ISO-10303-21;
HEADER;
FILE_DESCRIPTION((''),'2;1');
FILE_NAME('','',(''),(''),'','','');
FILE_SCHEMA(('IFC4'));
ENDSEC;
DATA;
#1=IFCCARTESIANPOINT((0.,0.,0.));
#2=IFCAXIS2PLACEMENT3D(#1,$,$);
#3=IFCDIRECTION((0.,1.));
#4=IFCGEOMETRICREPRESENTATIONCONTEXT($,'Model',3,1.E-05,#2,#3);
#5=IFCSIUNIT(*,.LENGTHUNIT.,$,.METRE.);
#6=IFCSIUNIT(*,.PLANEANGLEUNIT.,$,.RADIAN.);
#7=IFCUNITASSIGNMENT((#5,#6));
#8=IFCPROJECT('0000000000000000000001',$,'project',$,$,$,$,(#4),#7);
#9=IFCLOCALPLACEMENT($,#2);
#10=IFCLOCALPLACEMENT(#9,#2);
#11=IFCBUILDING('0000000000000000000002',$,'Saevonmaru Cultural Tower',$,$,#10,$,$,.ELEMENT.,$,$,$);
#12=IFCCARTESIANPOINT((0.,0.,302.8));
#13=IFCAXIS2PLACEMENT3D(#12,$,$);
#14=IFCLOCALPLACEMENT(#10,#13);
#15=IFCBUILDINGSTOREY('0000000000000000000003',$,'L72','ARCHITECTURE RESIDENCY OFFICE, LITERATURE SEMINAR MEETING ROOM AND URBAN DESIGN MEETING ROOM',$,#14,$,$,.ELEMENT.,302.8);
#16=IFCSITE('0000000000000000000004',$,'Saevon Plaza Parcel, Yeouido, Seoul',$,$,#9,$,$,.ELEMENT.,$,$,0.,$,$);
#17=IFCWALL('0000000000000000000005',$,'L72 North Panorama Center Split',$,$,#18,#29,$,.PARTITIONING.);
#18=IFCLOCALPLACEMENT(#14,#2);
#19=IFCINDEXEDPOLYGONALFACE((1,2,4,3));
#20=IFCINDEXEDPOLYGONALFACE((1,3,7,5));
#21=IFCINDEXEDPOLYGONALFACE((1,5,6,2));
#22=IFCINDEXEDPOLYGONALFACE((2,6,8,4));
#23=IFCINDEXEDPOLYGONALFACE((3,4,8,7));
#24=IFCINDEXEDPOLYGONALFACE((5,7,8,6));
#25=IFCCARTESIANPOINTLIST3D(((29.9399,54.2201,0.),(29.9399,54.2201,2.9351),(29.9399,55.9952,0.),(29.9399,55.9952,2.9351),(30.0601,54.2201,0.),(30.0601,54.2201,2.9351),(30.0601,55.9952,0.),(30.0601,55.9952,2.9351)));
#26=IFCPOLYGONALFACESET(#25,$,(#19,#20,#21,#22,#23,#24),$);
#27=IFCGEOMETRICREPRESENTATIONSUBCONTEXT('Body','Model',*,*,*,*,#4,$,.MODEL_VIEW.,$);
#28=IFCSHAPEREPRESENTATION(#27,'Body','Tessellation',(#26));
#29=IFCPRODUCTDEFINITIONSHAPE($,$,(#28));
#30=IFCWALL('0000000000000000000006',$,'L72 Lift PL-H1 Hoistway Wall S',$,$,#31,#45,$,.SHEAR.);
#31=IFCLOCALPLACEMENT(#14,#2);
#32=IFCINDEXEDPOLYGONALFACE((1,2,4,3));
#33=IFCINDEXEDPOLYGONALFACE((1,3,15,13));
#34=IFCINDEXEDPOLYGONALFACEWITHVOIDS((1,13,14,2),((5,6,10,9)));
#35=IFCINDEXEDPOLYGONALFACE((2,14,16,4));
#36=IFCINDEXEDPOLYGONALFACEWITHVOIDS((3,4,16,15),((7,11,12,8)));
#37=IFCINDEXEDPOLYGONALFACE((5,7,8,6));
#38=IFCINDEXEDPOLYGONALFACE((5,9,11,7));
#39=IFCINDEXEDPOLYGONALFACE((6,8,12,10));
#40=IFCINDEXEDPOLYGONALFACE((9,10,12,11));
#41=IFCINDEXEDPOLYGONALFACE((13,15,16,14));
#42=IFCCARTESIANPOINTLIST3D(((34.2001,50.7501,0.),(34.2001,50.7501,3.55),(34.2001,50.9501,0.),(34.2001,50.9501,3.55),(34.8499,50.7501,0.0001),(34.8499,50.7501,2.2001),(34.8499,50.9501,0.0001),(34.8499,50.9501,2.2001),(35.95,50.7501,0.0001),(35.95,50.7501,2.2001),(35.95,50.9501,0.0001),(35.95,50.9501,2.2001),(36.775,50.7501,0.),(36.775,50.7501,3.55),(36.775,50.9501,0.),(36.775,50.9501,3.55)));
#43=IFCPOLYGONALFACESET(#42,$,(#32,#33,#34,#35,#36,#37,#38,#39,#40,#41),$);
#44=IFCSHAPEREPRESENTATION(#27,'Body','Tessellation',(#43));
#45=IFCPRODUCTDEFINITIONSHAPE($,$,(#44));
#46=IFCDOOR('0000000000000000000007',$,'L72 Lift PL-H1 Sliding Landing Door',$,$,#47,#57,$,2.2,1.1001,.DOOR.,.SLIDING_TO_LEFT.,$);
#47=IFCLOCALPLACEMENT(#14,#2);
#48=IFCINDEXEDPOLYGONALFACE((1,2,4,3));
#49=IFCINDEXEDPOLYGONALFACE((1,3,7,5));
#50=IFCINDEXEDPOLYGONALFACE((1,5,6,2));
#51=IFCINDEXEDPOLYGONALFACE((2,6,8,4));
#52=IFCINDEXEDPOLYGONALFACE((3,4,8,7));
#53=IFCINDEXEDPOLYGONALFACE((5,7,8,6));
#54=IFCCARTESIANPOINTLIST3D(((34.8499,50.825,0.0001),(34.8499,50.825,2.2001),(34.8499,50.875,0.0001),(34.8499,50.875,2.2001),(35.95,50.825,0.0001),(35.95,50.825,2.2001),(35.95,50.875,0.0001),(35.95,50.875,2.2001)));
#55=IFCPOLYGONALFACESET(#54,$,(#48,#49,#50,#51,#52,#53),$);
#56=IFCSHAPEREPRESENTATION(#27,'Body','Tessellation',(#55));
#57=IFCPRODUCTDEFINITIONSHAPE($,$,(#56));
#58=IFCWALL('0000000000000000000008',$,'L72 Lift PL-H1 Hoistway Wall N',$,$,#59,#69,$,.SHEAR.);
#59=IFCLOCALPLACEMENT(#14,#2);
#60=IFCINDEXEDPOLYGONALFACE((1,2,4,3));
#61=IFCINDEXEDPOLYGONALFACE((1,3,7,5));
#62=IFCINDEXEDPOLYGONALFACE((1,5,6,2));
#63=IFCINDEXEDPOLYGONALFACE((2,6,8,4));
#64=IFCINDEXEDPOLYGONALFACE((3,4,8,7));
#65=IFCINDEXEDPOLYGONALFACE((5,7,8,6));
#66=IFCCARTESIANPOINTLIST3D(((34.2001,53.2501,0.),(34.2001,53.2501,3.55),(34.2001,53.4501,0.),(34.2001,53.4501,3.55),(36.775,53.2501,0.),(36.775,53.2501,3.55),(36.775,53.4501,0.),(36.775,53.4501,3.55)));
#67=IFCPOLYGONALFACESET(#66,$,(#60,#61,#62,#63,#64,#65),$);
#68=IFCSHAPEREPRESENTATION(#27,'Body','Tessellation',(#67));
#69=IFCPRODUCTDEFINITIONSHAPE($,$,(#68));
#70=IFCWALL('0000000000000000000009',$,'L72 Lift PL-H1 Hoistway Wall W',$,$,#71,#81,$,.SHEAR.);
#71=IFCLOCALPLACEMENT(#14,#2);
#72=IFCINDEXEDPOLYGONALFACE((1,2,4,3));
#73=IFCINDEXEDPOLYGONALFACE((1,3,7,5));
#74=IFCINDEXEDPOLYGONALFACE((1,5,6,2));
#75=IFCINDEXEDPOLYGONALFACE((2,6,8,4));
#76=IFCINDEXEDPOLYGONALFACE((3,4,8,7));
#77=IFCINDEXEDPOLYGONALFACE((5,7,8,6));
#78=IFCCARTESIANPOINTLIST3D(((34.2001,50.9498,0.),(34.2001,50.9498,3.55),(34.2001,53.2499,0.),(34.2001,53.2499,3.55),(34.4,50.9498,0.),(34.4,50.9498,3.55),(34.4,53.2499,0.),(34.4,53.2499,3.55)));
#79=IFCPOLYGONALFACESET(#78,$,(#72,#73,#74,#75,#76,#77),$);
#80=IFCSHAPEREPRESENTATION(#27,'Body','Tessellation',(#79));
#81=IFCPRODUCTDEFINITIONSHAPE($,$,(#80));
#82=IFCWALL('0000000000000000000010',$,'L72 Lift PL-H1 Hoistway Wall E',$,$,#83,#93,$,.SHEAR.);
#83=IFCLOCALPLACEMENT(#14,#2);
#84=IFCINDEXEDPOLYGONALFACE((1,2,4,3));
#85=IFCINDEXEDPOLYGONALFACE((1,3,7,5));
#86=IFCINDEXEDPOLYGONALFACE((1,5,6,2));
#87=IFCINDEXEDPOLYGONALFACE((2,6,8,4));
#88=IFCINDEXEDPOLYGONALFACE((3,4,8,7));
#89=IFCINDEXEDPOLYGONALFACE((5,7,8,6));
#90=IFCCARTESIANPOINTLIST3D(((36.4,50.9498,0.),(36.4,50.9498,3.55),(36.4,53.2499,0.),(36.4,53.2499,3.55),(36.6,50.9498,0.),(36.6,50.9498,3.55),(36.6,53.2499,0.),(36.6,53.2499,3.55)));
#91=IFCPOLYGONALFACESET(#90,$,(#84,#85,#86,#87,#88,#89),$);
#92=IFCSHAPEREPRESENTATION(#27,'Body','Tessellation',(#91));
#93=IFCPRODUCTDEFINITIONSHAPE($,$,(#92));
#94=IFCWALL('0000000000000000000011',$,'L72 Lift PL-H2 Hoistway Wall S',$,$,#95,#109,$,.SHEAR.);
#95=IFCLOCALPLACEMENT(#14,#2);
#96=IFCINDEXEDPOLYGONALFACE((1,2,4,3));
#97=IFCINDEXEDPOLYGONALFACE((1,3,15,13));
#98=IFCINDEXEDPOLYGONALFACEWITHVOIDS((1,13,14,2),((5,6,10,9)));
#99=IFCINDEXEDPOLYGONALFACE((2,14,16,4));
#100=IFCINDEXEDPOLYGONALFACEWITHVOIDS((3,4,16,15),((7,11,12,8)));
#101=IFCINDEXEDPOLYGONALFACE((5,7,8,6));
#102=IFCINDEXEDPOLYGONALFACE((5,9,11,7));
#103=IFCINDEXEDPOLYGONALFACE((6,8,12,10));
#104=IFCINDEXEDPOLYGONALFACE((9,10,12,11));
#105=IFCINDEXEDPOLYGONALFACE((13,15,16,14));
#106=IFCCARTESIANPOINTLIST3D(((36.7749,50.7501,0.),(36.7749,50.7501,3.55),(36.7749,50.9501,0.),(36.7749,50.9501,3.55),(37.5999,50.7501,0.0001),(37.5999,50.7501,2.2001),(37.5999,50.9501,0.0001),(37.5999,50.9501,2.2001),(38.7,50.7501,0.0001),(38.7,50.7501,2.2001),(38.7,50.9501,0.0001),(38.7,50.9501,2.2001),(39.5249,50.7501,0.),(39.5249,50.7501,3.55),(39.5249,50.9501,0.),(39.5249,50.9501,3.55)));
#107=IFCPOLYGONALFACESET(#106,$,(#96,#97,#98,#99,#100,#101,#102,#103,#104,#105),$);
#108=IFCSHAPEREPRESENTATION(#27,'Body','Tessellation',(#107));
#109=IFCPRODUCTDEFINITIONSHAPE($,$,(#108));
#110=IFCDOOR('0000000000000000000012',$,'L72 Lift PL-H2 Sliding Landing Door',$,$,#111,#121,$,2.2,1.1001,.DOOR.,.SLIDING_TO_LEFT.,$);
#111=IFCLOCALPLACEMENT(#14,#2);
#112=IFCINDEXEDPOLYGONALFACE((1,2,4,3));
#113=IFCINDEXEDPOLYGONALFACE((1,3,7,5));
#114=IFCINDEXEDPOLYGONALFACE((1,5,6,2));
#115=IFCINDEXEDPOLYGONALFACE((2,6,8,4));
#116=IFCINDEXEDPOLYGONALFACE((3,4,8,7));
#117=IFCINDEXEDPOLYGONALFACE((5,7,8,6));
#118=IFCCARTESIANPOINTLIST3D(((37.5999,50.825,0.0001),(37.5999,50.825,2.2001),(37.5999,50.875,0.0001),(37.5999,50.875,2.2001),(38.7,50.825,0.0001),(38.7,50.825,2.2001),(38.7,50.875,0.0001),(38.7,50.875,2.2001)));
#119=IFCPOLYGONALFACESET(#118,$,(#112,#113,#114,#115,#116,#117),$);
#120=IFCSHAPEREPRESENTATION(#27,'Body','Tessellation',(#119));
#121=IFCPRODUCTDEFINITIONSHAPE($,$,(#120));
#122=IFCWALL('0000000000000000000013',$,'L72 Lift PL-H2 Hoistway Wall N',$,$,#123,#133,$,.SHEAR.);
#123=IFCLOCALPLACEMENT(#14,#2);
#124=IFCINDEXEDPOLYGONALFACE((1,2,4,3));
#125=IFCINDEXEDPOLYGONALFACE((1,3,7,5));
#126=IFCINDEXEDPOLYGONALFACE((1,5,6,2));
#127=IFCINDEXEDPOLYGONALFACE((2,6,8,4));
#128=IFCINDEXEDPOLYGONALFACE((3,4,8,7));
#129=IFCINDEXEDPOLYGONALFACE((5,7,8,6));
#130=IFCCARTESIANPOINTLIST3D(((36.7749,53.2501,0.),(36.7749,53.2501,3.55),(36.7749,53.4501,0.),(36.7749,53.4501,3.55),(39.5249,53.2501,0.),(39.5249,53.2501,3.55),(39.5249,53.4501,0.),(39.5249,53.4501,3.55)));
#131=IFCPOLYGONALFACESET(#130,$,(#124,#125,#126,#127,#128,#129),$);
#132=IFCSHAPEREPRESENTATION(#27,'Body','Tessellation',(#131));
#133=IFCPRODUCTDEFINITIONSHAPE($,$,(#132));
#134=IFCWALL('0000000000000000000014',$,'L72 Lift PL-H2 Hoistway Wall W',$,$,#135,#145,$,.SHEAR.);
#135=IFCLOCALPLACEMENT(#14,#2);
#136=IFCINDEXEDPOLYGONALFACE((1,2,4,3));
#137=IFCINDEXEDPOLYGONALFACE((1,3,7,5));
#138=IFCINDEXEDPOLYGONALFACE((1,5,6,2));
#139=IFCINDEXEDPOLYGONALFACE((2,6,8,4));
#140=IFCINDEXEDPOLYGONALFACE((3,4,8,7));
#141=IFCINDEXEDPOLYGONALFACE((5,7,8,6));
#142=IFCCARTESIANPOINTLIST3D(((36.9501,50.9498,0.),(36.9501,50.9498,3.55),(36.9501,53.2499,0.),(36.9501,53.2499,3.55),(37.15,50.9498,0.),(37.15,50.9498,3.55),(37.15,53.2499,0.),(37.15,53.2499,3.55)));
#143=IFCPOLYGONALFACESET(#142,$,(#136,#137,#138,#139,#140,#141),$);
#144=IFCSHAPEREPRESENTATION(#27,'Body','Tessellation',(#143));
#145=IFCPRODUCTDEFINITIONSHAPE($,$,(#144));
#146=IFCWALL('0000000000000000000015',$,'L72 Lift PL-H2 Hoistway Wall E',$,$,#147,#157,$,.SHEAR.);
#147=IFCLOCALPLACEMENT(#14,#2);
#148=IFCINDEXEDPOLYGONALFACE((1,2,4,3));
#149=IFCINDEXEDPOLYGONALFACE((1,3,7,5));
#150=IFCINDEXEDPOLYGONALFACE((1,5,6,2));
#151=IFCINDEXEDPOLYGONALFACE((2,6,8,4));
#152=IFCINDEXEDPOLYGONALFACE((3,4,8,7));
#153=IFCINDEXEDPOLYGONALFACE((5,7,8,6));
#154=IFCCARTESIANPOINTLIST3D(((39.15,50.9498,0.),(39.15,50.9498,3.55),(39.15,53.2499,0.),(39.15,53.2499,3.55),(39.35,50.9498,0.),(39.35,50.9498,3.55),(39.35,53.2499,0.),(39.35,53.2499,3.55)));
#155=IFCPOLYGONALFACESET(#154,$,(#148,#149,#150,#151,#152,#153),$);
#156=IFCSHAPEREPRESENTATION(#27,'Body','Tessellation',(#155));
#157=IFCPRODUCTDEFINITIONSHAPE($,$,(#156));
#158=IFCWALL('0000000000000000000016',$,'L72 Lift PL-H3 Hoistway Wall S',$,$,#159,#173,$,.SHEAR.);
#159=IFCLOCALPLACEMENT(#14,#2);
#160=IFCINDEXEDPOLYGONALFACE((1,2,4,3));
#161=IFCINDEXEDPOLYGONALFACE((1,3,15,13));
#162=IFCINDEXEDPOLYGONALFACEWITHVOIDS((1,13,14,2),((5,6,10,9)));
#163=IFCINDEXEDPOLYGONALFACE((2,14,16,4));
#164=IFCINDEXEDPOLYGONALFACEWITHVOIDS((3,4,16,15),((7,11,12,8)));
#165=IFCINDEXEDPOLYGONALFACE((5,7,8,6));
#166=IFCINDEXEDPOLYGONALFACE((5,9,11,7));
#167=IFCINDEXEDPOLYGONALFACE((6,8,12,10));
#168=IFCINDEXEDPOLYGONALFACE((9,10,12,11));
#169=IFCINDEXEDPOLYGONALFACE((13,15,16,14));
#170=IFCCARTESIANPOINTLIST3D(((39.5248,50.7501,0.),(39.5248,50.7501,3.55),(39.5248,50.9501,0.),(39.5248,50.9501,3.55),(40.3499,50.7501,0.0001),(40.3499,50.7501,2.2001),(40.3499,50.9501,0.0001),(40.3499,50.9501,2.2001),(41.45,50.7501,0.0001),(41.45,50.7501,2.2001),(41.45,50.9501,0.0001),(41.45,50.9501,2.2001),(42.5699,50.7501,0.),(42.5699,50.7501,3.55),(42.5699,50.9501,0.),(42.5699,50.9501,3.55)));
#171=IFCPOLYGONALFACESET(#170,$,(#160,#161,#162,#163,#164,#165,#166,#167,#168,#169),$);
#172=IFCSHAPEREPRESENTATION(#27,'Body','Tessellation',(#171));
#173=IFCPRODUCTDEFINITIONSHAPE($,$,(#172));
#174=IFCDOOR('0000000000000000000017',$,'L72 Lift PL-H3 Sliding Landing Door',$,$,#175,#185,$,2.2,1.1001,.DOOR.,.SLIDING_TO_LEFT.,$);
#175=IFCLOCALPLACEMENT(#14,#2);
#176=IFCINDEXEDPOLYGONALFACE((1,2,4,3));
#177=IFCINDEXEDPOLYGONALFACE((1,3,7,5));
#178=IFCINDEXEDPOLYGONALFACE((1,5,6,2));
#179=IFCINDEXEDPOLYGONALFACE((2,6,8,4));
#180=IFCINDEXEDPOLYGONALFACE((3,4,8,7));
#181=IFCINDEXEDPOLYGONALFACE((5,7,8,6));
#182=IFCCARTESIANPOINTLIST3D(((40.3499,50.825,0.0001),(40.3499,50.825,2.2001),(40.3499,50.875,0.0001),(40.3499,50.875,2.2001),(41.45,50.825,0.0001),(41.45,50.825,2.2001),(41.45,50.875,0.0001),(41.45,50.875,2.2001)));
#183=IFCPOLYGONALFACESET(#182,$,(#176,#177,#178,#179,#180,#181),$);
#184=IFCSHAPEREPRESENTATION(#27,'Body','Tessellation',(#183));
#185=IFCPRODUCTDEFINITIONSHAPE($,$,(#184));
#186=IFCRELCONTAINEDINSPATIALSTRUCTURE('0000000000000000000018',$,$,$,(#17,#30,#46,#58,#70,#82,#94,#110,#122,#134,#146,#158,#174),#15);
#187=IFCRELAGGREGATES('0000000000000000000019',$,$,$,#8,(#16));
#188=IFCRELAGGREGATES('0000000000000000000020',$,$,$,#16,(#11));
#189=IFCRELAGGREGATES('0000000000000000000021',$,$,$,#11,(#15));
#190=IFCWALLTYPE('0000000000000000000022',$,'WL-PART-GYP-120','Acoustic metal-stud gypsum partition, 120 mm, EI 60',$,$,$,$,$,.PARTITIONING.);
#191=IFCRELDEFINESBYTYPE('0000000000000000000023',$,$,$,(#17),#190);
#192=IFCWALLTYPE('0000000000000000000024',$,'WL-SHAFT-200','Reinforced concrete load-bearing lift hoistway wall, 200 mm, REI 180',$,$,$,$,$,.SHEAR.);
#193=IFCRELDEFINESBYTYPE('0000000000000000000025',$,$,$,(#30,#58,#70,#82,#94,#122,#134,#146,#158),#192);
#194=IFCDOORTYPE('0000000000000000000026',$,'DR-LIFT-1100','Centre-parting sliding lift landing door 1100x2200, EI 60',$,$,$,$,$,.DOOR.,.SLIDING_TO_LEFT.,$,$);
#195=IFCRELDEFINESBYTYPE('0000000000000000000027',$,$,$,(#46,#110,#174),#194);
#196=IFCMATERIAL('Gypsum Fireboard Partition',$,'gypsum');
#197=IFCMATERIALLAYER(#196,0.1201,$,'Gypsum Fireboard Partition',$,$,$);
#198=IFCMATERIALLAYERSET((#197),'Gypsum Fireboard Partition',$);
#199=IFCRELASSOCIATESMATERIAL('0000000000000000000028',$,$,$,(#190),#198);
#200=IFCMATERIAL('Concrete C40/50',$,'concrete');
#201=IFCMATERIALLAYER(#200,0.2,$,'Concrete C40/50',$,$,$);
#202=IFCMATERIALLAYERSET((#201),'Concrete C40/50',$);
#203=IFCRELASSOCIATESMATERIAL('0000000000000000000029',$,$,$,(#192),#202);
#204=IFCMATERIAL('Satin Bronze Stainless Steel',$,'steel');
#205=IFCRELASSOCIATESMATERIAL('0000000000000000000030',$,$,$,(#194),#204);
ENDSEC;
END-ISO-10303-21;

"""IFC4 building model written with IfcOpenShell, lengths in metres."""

from ifc_helpers import new_model, si_unit, direction, frame, frame_2d, origin, place, context, subcontext, project, spatial, rectangle, extrude, material, layer, layer_set, type_object, element, fill, save


model = new_model("IFC4")

# Units and contexts
model_context = context("Model", 3, precision=1e-05, world=origin(), true_north=direction((0.0, 1.0)))
body_context = subcontext(model_context, "Body", "Model", "MODEL_VIEW")
ifc_project = project(units=[si_unit("LENGTHUNIT", "METRE"), si_unit("PLANEANGLEUNIT", "RADIAN")], contexts=[model_context])

# Site, building, storey
site_placement = place(None, origin())
site = spatial("IfcSite", under=ifc_project, at=site_placement, Name="Saevon Plaza Parcel, Yeouido, Seoul", CompositionType="ELEMENT", RefElevation=0.0)
building_placement = place(site_placement, origin())
building = spatial("IfcBuilding", under=site, at=building_placement, Name="Saevonmaru Cultural Tower", CompositionType="ELEMENT")
storey_placement = place(building_placement, frame((0.0, 0.0, 302.8)))
storey = spatial("IfcBuildingStorey", under=building, at=storey_placement, Name="L72", Description="ARCHITECTURE RESIDENCY OFFICE, LITERATURE SEMINAR MEETING ROOM AND URBAN DESIGN MEETING ROOM", CompositionType="ELEMENT", Elevation=302.8)

# Wall
ifc_material_1 = material(Name="Gypsum Fireboard Partition", Category="gypsum")
ifc_layer_1 = layer(ifc_material_1, 0.1201, Name="Gypsum Fireboard Partition")
ifc_layer_set_1 = layer_set([ifc_layer_1], Name="Gypsum Fireboard Partition")
wall_type_1 = type_object("IfcWallType", Name="WL-PART-GYP-120", Description="Acoustic metal-stud gypsum partition, 120 mm, EI 60", PredefinedType="PARTITIONING", material=ifc_layer_set_1)
wall_1_placement = place(storey_placement, frame((30.0, 54.22, 0.0), z_axis=(0.0, 0.0, 1.0), x_axis=(0.0, 1.0, 0.0)))
element("IfcWall", 1, at=wall_1_placement, inside=storey, type_object=wall_type_1, Name="L72 North Panorama Center Split", PredefinedType="PARTITIONING", context=body_context, shape_type="SweptSolid", body=[
    extrude(rectangle(XDim=1.7751, YDim=0.1201, at=frame_2d((0.8877, 0.0))), origin(), (0.0, 0.0, 1.0), 2.9351),
])

# Wall, opening, door
ifc_material_2 = material(Name="Concrete C40/50", Category="concrete")
ifc_layer_2 = layer(ifc_material_2, 0.2, Name="Concrete C40/50")
ifc_layer_set_2 = layer_set([ifc_layer_2], Name="Concrete C40/50")
wall_type_2 = type_object("IfcWallType", Name="WL-SHAFT-200", Description="Reinforced concrete load-bearing lift hoistway wall, 200 mm, REI 180", PredefinedType="SHEAR", material=ifc_layer_set_2)
wall_2_placement = place(storey_placement, frame((34.2, 50.8501, 0.0), z_axis=(0.0, 0.0, 1.0), x_axis=(1.0, 0.0, 0.0)))
wall_2 = element("IfcWall", 2, at=wall_2_placement, inside=storey, type_object=wall_type_2, Name="L72 Lift PL-H1 Hoistway Wall S", PredefinedType="SHEAR", context=body_context, shape_type="SweptSolid", body=[
    extrude(rectangle(XDim=2.575, YDim=0.2, at=frame_2d((1.2876, 0.0))), origin(), (0.0, 0.0, 1.0), 3.55),
])
opening_1_placement = place(wall_2_placement, frame((0.6499, 0.0, 0.0)))
opening_1 = element("IfcOpeningElement", 3, at=opening_1_placement, cuts=wall_2, PredefinedType="OPENING", context=body_context, shape_type="SweptSolid", body=[
    extrude(rectangle(XDim=1.1001, YDim=2.2, at=frame_2d((0.55, 1.1001))), frame((0.0, 0.1099, 0.0), z_axis=(0.0, -1.0, 0.0), x_axis=(1.0, 0.0, 0.0)), (0.0, 0.0, 1.0), 0.22),
])
ifc_material_3 = material(Name="Satin Bronze Stainless Steel", Category="steel")
door_type_1 = type_object("IfcDoorType", Name="DR-LIFT-1100", Description="Centre-parting sliding lift landing door 1100x2200, EI 60", OperationType="SLIDING_TO_LEFT", PredefinedType="DOOR", material=ifc_material_3)
door_1_placement = place(opening_1_placement, origin())
door_1 = element("IfcDoor", 4, at=door_1_placement, inside=storey, type_object=door_type_1, Name="L72 Lift PL-H1 Sliding Landing Door", OperationType="SLIDING_TO_LEFT", OverallHeight=2.2, OverallWidth=1.1001, PredefinedType="DOOR", context=body_context, shape_type="SweptSolid", body=[
    extrude(rectangle(XDim=1.1001, YDim=2.2, at=frame_2d((0.55, 1.1001))), frame((0.0, 0.0249, 0.0), z_axis=(0.0, -1.0, 0.0), x_axis=(1.0, 0.0, 0.0)), (0.0, 0.0, 1.0), 0.05),
])
fill(opening_1, door_1)

# Walls
wall_3_placement = place(storey_placement, frame((34.2, 53.3501, 0.0), z_axis=(0.0, 0.0, 1.0), x_axis=(1.0, 0.0, 0.0)))
element("IfcWall", 5, at=wall_3_placement, inside=storey, type_object=wall_type_2, Name="L72 Lift PL-H1 Hoistway Wall N", PredefinedType="SHEAR", context=body_context, shape_type="SweptSolid", body=[
    extrude(rectangle(XDim=2.575, YDim=0.2, at=frame_2d((1.2876, 0.0))), origin(), (0.0, 0.0, 1.0), 3.55),
])
for number, where, z_axis, x_axis, name in (
    (6, (34.3, 50.95, 0.0), (0.0, 0.0, 1.0), (0.0, 1.0, 0.0), "L72 Lift PL-H1 Hoistway Wall W"),
    (7, (36.5, 50.95, 0.0), (0.0, 0.0, 1.0), (0.0, 1.0, 0.0), "L72 Lift PL-H1 Hoistway Wall E"),
):
    element("IfcWall", number, at=place(storey_placement, frame(where, z_axis=z_axis, x_axis=x_axis)), inside=storey, type_object=wall_type_2, Name=name, PredefinedType="SHEAR", context=body_context, shape_type="SweptSolid", body=[
        extrude(rectangle(XDim=2.3, YDim=0.2, at=frame_2d((1.1499, 0.0))), origin(), (0.0, 0.0, 1.0), 3.55),
    ])

# Wall, opening, door
wall_4_placement = place(storey_placement, frame((36.7749, 50.8501, 0.0), z_axis=(0.0, 0.0, 1.0), x_axis=(1.0, 0.0, 0.0)))
wall_4 = element("IfcWall", 8, at=wall_4_placement, inside=storey, type_object=wall_type_2, Name="L72 Lift PL-H2 Hoistway Wall S", PredefinedType="SHEAR", context=body_context, shape_type="SweptSolid", body=[
    extrude(rectangle(XDim=2.75, YDim=0.2, at=frame_2d((1.375, 0.0))), origin(), (0.0, 0.0, 1.0), 3.55),
])
opening_2_placement = place(wall_4_placement, frame((0.825, 0.0, 0.0)))
opening_2 = element("IfcOpeningElement", 9, at=opening_2_placement, cuts=wall_4, PredefinedType="OPENING", context=body_context, shape_type="SweptSolid", body=[
    extrude(rectangle(XDim=1.1001, YDim=2.2, at=frame_2d((0.55, 1.1001))), frame((0.0, 0.1099, 0.0), z_axis=(0.0, -1.0, 0.0), x_axis=(1.0, 0.0, 0.0)), (0.0, 0.0, 1.0), 0.22),
])
door_2_placement = place(opening_2_placement, origin())
door_2 = element("IfcDoor", 10, at=door_2_placement, inside=storey, type_object=door_type_1, Name="L72 Lift PL-H2 Sliding Landing Door", OperationType="SLIDING_TO_LEFT", OverallHeight=2.2, OverallWidth=1.1001, PredefinedType="DOOR", context=body_context, shape_type="SweptSolid", body=[
    extrude(rectangle(XDim=1.1001, YDim=2.2, at=frame_2d((0.55, 1.1001))), frame((0.0, 0.0249, 0.0), z_axis=(0.0, -1.0, 0.0), x_axis=(1.0, 0.0, 0.0)), (0.0, 0.0, 1.0), 0.05),
])
fill(opening_2, door_2)

# Walls
wall_5_placement = place(storey_placement, frame((36.7749, 53.3501, 0.0), z_axis=(0.0, 0.0, 1.0), x_axis=(1.0, 0.0, 0.0)))
element("IfcWall", 11, at=wall_5_placement, inside=storey, type_object=wall_type_2, Name="L72 Lift PL-H2 Hoistway Wall N", PredefinedType="SHEAR", context=body_context, shape_type="SweptSolid", body=[
    extrude(rectangle(XDim=2.75, YDim=0.2, at=frame_2d((1.375, 0.0))), origin(), (0.0, 0.0, 1.0), 3.55),
])
for number, where, z_axis, x_axis, name in (
    (12, (37.05, 50.95, 0.0), (0.0, 0.0, 1.0), (0.0, 1.0, 0.0), "L72 Lift PL-H2 Hoistway Wall W"),
    (13, (39.25, 50.95, 0.0), (0.0, 0.0, 1.0), (0.0, 1.0, 0.0), "L72 Lift PL-H2 Hoistway Wall E"),
):
    element("IfcWall", number, at=place(storey_placement, frame(where, z_axis=z_axis, x_axis=x_axis)), inside=storey, type_object=wall_type_2, Name=name, PredefinedType="SHEAR", context=body_context, shape_type="SweptSolid", body=[
        extrude(rectangle(XDim=2.3, YDim=0.2, at=frame_2d((1.1499, 0.0))), origin(), (0.0, 0.0, 1.0), 3.55),
    ])

# Wall, opening, door
wall_6_placement = place(storey_placement, frame((39.5249, 50.8501, 0.0), z_axis=(0.0, 0.0, 1.0), x_axis=(1.0, 0.0, 0.0)))
wall_6 = element("IfcWall", 14, at=wall_6_placement, inside=storey, type_object=wall_type_2, Name="L72 Lift PL-H3 Hoistway Wall S", PredefinedType="SHEAR", context=body_context, shape_type="SweptSolid", body=[
    extrude(rectangle(XDim=3.0452, YDim=0.2, at=frame_2d((1.5225, 0.0))), origin(), (0.0, 0.0, 1.0), 3.55),
])
opening_3_placement = place(wall_6_placement, frame((0.825, 0.0, 0.0)))
opening_3 = element("IfcOpeningElement", 15, at=opening_3_placement, cuts=wall_6, PredefinedType="OPENING", context=body_context, shape_type="SweptSolid", body=[
    extrude(rectangle(XDim=1.1001, YDim=2.2, at=frame_2d((0.55, 1.1001))), frame((0.0, 0.1099, 0.0), z_axis=(0.0, -1.0, 0.0), x_axis=(1.0, 0.0, 0.0)), (0.0, 0.0, 1.0), 0.22),
])
door_3_placement = place(opening_3_placement, origin())
door_3 = element("IfcDoor", 16, at=door_3_placement, inside=storey, type_object=door_type_1, Name="L72 Lift PL-H3 Sliding Landing Door", OperationType="SLIDING_TO_LEFT", OverallHeight=2.2, OverallWidth=1.1001, PredefinedType="DOOR", context=body_context, shape_type="SweptSolid", body=[
    extrude(rectangle(XDim=1.1001, YDim=2.2, at=frame_2d((0.55, 1.1001))), frame((0.0, 0.0249, 0.0), z_axis=(0.0, -1.0, 0.0), x_axis=(1.0, 0.0, 0.0)), (0.0, 0.0, 1.0), 0.05),
])
fill(opening_3, door_3)

save(model, "model.ifc")
